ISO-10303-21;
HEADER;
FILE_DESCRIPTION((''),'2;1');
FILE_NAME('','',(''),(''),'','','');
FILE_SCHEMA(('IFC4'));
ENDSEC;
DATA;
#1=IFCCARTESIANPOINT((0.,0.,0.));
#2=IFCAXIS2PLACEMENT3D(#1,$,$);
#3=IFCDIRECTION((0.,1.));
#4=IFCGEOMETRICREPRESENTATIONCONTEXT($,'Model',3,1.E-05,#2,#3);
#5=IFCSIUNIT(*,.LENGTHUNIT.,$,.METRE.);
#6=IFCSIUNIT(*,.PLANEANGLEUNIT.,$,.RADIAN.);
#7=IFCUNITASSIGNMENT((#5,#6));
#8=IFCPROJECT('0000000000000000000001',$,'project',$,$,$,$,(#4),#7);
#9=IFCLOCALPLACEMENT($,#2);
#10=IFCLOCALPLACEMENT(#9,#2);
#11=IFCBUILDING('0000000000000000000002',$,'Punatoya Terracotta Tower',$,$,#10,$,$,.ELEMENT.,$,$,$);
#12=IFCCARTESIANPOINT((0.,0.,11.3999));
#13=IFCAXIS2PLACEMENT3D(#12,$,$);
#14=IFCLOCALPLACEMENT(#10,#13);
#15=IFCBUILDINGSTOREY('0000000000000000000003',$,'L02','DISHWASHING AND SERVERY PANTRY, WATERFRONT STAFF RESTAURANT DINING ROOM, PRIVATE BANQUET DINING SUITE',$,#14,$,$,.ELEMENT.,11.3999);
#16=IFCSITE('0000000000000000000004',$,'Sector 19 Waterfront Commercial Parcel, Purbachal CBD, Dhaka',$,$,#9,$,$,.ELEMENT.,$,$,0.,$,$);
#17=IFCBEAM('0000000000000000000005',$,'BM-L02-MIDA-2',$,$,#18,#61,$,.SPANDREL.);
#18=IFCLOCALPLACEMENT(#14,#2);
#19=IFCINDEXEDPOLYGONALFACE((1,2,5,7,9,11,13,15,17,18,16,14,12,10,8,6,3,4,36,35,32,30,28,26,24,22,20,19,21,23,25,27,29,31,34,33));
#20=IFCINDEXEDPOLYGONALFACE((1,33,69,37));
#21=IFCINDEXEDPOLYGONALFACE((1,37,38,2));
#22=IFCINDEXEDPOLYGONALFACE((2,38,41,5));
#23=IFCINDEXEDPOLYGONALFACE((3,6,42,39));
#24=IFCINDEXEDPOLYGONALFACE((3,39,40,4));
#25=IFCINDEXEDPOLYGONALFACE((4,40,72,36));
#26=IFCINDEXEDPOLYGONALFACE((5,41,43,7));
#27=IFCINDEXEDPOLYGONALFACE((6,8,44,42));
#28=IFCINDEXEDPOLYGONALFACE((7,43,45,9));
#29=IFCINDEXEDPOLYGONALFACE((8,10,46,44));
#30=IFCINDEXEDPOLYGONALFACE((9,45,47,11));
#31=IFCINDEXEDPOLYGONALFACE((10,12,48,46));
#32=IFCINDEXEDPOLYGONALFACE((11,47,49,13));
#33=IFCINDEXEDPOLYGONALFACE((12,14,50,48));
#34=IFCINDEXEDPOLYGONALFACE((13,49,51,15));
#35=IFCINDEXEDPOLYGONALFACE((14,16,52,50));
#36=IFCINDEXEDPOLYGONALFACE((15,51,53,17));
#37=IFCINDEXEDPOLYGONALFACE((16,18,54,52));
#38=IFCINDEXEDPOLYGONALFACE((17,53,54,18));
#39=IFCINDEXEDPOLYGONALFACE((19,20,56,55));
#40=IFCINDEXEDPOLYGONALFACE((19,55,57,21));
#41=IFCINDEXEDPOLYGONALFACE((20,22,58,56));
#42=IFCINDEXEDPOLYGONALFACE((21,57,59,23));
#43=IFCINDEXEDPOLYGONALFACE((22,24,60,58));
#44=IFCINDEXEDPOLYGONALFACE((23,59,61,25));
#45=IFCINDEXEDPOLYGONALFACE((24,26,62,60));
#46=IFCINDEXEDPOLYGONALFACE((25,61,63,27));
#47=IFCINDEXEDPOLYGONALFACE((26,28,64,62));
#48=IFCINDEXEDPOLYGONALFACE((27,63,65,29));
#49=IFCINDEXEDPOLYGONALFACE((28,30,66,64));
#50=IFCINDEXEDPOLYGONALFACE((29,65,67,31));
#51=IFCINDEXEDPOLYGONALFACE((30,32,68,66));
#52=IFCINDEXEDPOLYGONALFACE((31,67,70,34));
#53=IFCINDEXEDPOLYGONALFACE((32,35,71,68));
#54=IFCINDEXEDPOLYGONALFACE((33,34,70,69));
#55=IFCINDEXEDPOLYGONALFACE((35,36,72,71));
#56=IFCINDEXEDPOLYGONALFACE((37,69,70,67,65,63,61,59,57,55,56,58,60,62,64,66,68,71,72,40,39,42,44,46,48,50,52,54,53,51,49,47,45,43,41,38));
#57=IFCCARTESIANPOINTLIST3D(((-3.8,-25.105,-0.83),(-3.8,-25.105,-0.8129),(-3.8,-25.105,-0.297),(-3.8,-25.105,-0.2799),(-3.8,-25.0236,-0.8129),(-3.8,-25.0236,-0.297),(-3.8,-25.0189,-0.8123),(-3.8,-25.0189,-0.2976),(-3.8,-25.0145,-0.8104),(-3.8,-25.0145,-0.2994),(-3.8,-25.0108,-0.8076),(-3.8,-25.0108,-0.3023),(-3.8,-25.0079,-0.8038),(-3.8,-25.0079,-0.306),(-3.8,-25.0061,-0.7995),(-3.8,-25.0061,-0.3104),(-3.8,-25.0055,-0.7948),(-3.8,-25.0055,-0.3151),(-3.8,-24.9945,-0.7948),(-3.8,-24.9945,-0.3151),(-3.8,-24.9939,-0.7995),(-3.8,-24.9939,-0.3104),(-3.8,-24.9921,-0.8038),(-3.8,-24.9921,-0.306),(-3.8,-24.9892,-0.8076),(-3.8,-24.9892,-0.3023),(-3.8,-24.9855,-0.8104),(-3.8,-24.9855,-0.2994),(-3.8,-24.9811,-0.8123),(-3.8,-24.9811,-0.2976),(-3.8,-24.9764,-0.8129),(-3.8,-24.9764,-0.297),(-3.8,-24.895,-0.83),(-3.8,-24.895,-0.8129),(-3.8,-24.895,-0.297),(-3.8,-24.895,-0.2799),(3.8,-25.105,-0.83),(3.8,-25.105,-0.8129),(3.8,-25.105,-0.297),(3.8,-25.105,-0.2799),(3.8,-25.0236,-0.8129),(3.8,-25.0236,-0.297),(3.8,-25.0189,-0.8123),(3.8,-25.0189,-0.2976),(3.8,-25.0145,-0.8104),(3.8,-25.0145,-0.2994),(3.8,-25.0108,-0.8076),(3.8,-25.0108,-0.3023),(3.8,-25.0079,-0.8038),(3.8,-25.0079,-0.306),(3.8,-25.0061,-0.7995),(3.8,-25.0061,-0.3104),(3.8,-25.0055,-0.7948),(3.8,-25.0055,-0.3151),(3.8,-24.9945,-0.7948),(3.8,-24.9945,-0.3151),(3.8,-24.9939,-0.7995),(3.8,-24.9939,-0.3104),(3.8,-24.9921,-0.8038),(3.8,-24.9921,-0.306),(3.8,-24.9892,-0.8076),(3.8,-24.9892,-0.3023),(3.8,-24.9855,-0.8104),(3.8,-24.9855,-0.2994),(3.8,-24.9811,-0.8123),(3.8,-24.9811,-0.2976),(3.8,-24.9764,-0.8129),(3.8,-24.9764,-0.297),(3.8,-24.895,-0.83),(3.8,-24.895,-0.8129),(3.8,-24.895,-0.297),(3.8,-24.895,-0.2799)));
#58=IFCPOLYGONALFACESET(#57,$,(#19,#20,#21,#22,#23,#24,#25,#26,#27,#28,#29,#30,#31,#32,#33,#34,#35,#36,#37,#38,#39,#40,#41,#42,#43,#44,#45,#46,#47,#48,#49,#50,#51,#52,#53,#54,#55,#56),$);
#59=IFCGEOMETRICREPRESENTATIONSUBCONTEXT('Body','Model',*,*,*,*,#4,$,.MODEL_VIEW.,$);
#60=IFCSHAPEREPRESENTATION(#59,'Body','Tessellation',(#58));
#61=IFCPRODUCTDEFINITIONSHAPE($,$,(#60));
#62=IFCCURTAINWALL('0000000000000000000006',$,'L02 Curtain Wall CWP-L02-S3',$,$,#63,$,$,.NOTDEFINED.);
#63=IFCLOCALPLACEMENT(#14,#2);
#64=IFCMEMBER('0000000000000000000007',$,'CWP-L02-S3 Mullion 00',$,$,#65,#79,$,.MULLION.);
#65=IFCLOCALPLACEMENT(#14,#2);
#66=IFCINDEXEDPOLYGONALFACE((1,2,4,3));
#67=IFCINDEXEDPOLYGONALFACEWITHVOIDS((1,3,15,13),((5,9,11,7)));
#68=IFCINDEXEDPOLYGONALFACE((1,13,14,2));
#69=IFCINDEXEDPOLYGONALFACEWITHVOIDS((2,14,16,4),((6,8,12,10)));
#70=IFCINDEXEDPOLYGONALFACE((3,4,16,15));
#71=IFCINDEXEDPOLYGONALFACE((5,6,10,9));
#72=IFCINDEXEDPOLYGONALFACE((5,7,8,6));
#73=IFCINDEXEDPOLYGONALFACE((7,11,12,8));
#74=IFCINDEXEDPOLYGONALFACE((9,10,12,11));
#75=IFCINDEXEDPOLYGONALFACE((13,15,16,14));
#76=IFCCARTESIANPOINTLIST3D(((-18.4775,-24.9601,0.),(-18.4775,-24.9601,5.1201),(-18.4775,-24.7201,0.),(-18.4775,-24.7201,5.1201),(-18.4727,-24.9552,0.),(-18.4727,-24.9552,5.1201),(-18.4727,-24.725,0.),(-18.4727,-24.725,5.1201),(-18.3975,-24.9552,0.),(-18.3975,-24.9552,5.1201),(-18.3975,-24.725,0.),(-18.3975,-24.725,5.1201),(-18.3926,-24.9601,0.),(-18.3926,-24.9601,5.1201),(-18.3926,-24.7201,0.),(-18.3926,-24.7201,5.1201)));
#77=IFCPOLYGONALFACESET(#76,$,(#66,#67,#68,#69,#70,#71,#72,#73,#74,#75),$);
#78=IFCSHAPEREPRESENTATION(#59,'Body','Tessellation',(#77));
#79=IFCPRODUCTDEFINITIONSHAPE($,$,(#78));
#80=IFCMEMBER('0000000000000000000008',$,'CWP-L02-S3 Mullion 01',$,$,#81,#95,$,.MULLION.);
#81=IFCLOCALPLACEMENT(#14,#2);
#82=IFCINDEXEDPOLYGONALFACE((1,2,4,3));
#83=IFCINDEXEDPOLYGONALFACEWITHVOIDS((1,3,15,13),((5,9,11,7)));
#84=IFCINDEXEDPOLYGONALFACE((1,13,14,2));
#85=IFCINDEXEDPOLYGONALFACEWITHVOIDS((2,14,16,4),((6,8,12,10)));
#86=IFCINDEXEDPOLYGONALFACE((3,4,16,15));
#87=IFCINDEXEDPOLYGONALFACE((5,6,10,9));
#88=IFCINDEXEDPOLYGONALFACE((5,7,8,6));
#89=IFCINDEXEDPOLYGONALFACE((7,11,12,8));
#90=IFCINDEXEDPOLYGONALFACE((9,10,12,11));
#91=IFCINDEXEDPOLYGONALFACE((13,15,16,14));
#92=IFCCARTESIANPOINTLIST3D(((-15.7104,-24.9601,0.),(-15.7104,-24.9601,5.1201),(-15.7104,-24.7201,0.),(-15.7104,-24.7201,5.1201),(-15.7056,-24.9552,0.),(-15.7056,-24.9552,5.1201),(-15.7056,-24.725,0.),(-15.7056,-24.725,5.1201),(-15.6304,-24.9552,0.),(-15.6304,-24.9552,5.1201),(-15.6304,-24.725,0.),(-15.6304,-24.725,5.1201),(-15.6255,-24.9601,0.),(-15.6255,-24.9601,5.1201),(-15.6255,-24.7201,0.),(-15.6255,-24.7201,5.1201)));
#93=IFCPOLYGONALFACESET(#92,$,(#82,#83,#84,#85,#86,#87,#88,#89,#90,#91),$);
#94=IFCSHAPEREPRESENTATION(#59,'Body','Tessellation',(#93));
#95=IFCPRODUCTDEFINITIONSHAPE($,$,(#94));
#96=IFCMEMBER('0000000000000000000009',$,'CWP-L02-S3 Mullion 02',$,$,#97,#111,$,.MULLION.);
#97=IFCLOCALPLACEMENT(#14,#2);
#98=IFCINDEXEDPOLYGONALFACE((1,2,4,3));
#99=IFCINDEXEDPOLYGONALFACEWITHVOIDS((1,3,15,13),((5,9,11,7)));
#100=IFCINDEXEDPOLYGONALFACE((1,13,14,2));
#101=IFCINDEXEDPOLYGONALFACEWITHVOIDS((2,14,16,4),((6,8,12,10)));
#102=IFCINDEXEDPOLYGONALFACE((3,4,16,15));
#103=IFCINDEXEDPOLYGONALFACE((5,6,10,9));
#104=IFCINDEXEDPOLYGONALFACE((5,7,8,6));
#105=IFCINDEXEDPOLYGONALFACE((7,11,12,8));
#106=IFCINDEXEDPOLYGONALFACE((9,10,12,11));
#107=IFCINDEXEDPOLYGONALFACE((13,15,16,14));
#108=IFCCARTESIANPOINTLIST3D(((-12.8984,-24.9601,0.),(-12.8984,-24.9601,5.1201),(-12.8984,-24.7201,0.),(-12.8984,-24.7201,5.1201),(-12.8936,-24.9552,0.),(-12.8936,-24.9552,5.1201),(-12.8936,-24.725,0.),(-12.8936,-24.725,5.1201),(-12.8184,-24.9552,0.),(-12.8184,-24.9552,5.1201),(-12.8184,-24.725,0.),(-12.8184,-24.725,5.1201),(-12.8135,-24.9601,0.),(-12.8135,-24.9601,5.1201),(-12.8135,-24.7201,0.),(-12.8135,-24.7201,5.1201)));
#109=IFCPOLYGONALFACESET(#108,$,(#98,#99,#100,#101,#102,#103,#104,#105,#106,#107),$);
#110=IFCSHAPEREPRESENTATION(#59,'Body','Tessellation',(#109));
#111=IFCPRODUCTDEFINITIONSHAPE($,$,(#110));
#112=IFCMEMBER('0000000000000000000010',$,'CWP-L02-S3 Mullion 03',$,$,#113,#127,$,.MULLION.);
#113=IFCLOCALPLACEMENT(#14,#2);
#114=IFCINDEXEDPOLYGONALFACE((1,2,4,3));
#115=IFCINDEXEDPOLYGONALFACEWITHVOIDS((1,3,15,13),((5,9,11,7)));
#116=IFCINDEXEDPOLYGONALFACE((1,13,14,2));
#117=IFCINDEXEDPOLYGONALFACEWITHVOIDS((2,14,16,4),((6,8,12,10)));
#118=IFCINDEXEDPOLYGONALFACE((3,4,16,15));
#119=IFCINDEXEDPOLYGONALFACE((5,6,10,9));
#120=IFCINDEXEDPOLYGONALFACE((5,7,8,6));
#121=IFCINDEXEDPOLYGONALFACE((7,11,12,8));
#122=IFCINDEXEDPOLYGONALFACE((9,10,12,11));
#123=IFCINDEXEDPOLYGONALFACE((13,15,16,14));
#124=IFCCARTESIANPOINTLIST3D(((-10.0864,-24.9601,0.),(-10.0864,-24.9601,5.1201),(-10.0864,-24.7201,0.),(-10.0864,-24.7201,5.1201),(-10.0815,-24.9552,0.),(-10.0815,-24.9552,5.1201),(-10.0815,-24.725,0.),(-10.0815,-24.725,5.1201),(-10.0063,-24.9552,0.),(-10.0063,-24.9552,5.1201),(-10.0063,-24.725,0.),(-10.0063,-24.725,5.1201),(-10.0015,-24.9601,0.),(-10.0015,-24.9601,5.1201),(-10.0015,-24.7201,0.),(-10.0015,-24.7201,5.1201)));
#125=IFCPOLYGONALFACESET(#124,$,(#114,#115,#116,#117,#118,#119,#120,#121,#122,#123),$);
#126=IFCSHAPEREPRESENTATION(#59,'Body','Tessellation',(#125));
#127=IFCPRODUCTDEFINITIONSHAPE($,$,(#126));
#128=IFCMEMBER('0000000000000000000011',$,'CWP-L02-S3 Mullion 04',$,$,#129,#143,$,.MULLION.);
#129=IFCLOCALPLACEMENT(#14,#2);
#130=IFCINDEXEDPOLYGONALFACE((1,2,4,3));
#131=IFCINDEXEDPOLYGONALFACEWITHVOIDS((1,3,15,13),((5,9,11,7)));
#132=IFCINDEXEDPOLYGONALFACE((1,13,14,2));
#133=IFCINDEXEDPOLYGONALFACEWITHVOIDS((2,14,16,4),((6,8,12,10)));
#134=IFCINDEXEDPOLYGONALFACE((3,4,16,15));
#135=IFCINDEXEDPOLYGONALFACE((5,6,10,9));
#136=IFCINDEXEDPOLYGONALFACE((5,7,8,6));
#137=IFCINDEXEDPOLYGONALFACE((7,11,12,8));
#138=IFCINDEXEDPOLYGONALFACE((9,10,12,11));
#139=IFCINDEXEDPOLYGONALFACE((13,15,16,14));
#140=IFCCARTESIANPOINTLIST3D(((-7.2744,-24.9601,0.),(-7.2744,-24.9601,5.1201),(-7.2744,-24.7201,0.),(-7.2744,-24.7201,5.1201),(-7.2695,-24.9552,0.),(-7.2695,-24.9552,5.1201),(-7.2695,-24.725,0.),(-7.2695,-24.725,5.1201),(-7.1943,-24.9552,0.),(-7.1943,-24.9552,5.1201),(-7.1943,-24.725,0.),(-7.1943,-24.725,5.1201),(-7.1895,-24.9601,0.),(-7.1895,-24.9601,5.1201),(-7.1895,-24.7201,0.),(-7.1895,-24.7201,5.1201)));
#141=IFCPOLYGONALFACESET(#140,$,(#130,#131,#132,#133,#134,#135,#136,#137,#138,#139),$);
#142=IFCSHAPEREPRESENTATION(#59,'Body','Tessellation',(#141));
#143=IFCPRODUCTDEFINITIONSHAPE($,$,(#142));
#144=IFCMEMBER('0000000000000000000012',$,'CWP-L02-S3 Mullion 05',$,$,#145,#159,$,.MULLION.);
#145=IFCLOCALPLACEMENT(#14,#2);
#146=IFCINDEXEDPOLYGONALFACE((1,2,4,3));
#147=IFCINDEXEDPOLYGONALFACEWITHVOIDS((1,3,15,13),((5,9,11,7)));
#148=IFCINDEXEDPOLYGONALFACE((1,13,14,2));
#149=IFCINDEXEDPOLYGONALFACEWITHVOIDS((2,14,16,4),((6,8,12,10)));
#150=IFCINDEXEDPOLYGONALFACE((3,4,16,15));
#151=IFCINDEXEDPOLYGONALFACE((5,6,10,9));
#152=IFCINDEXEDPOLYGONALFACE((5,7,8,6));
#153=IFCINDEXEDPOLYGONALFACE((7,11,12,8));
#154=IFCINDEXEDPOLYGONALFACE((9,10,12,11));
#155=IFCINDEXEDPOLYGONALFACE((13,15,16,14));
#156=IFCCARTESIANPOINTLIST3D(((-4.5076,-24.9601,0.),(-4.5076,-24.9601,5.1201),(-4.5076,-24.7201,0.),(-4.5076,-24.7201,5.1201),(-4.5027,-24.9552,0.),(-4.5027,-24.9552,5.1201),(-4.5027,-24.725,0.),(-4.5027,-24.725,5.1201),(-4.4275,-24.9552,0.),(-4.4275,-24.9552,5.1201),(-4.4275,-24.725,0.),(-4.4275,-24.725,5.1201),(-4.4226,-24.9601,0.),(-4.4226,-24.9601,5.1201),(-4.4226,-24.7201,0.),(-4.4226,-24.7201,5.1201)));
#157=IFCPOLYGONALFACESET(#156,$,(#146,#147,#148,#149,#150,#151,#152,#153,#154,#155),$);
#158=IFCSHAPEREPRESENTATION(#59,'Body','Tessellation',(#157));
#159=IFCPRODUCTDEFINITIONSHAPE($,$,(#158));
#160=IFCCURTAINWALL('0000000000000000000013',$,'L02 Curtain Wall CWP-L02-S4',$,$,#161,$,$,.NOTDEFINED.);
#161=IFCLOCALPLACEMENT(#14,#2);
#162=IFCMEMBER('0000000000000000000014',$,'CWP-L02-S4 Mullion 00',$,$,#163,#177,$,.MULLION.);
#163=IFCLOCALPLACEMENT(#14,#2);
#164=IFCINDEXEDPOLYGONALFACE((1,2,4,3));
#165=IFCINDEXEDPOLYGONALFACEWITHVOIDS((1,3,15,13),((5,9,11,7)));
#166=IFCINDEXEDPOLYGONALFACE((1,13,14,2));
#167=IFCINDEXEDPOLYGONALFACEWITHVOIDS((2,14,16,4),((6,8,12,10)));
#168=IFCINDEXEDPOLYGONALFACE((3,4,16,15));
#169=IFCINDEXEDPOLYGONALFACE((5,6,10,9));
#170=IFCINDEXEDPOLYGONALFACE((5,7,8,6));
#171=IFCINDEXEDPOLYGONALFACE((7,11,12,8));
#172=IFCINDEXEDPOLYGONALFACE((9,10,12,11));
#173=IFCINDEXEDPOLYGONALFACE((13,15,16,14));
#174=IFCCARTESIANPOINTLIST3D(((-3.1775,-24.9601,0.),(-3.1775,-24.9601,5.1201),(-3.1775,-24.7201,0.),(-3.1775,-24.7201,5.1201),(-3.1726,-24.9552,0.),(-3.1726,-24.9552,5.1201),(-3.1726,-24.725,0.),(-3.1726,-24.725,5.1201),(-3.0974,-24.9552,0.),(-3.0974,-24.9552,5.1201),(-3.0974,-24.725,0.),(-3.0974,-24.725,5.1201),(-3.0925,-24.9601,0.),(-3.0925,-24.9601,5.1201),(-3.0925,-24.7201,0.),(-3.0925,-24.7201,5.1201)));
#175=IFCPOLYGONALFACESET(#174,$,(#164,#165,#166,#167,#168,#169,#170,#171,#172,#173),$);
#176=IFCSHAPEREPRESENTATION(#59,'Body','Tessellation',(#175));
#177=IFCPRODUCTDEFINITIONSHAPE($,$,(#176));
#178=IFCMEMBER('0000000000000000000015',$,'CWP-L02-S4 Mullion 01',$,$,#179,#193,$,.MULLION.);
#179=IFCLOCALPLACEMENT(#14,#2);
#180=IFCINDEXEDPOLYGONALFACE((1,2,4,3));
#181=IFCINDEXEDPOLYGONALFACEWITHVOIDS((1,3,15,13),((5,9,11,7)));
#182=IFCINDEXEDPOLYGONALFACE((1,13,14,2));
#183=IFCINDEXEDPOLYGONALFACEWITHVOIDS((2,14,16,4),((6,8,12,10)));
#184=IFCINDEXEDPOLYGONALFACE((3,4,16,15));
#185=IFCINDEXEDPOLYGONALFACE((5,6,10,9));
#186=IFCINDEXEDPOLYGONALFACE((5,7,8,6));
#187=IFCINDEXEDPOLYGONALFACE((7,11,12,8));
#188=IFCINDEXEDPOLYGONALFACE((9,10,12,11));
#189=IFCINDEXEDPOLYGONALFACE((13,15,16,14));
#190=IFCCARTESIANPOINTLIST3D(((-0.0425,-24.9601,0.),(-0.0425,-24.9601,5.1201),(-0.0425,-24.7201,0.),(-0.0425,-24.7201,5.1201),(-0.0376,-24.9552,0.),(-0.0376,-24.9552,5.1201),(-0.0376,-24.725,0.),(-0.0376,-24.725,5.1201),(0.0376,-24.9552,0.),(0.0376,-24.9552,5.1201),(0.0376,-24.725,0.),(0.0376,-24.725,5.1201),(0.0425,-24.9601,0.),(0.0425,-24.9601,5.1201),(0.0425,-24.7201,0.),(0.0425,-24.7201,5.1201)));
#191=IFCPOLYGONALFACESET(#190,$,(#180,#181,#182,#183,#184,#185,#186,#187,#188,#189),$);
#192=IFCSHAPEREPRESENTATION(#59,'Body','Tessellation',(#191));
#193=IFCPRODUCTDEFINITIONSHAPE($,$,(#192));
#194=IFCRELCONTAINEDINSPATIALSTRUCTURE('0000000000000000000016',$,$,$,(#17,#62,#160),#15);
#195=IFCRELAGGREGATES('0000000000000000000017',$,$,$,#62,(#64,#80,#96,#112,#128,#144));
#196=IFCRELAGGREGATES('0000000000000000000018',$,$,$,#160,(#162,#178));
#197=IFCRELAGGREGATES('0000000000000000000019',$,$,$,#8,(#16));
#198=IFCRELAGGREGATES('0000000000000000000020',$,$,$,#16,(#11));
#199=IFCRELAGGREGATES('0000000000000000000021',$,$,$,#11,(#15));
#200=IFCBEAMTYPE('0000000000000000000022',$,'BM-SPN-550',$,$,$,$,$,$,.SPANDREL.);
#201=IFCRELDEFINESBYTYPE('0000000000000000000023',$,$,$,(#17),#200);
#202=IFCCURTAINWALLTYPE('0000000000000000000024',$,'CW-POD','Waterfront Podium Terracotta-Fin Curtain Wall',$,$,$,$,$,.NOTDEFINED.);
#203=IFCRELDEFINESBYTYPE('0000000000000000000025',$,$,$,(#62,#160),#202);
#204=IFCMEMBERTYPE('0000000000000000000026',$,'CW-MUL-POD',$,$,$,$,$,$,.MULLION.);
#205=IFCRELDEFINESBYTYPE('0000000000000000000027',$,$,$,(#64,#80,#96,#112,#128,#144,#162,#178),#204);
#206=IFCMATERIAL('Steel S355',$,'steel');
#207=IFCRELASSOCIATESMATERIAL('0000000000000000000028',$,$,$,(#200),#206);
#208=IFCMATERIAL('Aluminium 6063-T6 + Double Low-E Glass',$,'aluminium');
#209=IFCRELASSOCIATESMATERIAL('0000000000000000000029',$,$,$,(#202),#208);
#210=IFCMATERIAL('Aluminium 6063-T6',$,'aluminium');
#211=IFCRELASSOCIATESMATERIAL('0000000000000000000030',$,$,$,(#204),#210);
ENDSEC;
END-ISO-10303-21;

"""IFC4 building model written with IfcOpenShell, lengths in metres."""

from ifc_helpers import new_model, si_unit, direction, frame, origin, origin_2d, place, context, subcontext, project, spatial, hollow_rectangle, i_section, extrude, material, material_profile, profile_set, type_object, element, aggregate, save


model = new_model("IFC4")

# Units and contexts
model_context = context("Model", 3, precision=1e-05, world=origin(), true_north=direction((0.0, 1.0)))
body_context = subcontext(model_context, "Body", "Model", "MODEL_VIEW")
ifc_project = project(units=[si_unit("LENGTHUNIT", "METRE"), si_unit("PLANEANGLEUNIT", "RADIAN")], contexts=[model_context])

# Site, building, storey
site_placement = place(None, origin())
site = spatial("IfcSite", under=ifc_project, at=site_placement, Name="Sector 19 Waterfront Commercial Parcel, Purbachal CBD, Dhaka", CompositionType="ELEMENT", RefElevation=0.0)
building_placement = place(site_placement, origin())
building = spatial("IfcBuilding", under=site, at=building_placement, Name="Punatoya Terracotta Tower", CompositionType="ELEMENT")
storey_placement = place(building_placement, frame((0.0, 0.0, 11.3999)))
storey = spatial("IfcBuildingStorey", under=building, at=storey_placement, Name="L02", Description="DISHWASHING AND SERVERY PANTRY, WATERFRONT STAFF RESTAURANT DINING ROOM, PRIVATE BANQUET DINING SUITE", CompositionType="ELEMENT", Elevation=11.3999)

# Beam
ifc_material_1 = material(Name="Steel S355", Category="steel")
ifc_material_profile_1 = material_profile(ifc_material_1, i_section(OverallWidth=0.21, OverallDepth=0.55, WebThickness=0.011, FlangeThickness=0.0171, FilletRadius=0.0181, at=origin_2d()))
ifc_profile_set_1 = profile_set([ifc_material_profile_1], Name="Steel S355")
beam_type_1 = type_object("IfcBeamType", Name="BM-SPN-550", PredefinedType="SPANDREL", material=ifc_profile_set_1)
beam_1_placement = place(storey_placement, frame((-3.8, -25.0, -0.5549), z_axis=(1.0, 0.0, 0.0), x_axis=(0.0, 1.0, 0.0)))
element("IfcBeam", 1, at=beam_1_placement, inside=storey, type_object=beam_type_1, Name="BM-L02-MIDA-2", PredefinedType="SPANDREL", context=body_context, shape_type="SweptSolid", body=[
    extrude(i_section(OverallWidth=0.21, OverallDepth=0.55, WebThickness=0.011, FlangeThickness=0.0171, FilletRadius=0.0181, at=origin_2d()), origin(), (0.0, 0.0, 1.0), 7.6001),
])

# Curtain walls, members
ifc_material_2 = material(Name="Aluminium 6063-T6 + Double Low-E Glass", Category="aluminium")
curtain_wall_type = type_object("IfcCurtainWallType", Name="CW-POD", Description="Waterfront Podium Terracotta-Fin Curtain Wall", PredefinedType="NOTDEFINED", material=ifc_material_2)
curtain_wall_1_placement = place(storey_placement, origin())
curtain_wall_1 = element("IfcCurtainWall", 2, at=curtain_wall_1_placement, inside=storey, type_object=curtain_wall_type, Name="L02 Curtain Wall CWP-L02-S3", PredefinedType="NOTDEFINED")
ifc_material_3 = material(Name="Aluminium 6063-T6", Category="aluminium")
ifc_material_profile_2 = material_profile(ifc_material_3, hollow_rectangle(XDim=0.085, YDim=0.24, WallThickness=0.0049, at=origin_2d()))
ifc_profile_set_2 = profile_set([ifc_material_profile_2], Name="Aluminium 6063-T6")
member_type_1 = type_object("IfcMemberType", Name="CW-MUL-POD", PredefinedType="MULLION", material=ifc_profile_set_2)
member_1_placement = place(storey_placement, frame((-18.4351, -24.8401, 0.0), z_axis=(0.0, 0.0, 1.0), x_axis=(1.0, 0.0, 0.0)))
member_1 = element("IfcMember", 3, at=member_1_placement, type_object=member_type_1, Name="CWP-L02-S3 Mullion 00", PredefinedType="MULLION", context=body_context, shape_type="SweptSolid", body=[
    extrude(hollow_rectangle(XDim=0.085, YDim=0.24, WallThickness=0.0049, at=origin_2d()), origin(), (0.0, 0.0, 1.0), 5.1201),
])
member_2_placement = place(storey_placement, frame((-15.668, -24.8401, 0.0), z_axis=(0.0, 0.0, 1.0), x_axis=(1.0, 0.0, 0.0)))
member_2 = element("IfcMember", 4, at=member_2_placement, type_object=member_type_1, Name="CWP-L02-S3 Mullion 01", PredefinedType="MULLION", context=body_context, shape_type="SweptSolid", body=[
    extrude(hollow_rectangle(XDim=0.085, YDim=0.24, WallThickness=0.0049, at=origin_2d()), origin(), (0.0, 0.0, 1.0), 5.1201),
])
member_3_placement = place(storey_placement, frame((-12.856, -24.8401, 0.0), z_axis=(0.0, 0.0, 1.0), x_axis=(1.0, 0.0, 0.0)))
member_3 = element("IfcMember", 5, at=member_3_placement, type_object=member_type_1, Name="CWP-L02-S3 Mullion 02", PredefinedType="MULLION", context=body_context, shape_type="SweptSolid", body=[
    extrude(hollow_rectangle(XDim=0.085, YDim=0.24, WallThickness=0.0049, at=origin_2d()), origin(), (0.0, 0.0, 1.0), 5.1201),
])
member_4_placement = place(storey_placement, frame((-10.0439, -24.8401, 0.0), z_axis=(0.0, 0.0, 1.0), x_axis=(1.0, 0.0, 0.0)))
member_4 = element("IfcMember", 6, at=member_4_placement, type_object=member_type_1, Name="CWP-L02-S3 Mullion 03", PredefinedType="MULLION", context=body_context, shape_type="SweptSolid", body=[
    extrude(hollow_rectangle(XDim=0.085, YDim=0.24, WallThickness=0.0049, at=origin_2d()), origin(), (0.0, 0.0, 1.0), 5.1201),
])
member_5_placement = place(storey_placement, frame((-7.2319, -24.8401, 0.0), z_axis=(0.0, 0.0, 1.0), x_axis=(1.0, 0.0, 0.0)))
member_5 = element("IfcMember", 7, at=member_5_placement, type_object=member_type_1, Name="CWP-L02-S3 Mullion 04", PredefinedType="MULLION", context=body_context, shape_type="SweptSolid", body=[
    extrude(hollow_rectangle(XDim=0.085, YDim=0.24, WallThickness=0.0049, at=origin_2d()), origin(), (0.0, 0.0, 1.0), 5.1201),
])
member_6_placement = place(storey_placement, frame((-4.4651, -24.8401, 0.0), z_axis=(0.0, 0.0, 1.0), x_axis=(1.0, 0.0, 0.0)))
member_6 = element("IfcMember", 8, at=member_6_placement, type_object=member_type_1, Name="CWP-L02-S3 Mullion 05", PredefinedType="MULLION", context=body_context, shape_type="SweptSolid", body=[
    extrude(hollow_rectangle(XDim=0.085, YDim=0.24, WallThickness=0.0049, at=origin_2d()), origin(), (0.0, 0.0, 1.0), 5.1201),
])
curtain_wall_2_placement = place(storey_placement, origin())
curtain_wall_2 = element("IfcCurtainWall", 9, at=curtain_wall_2_placement, inside=storey, type_object=curtain_wall_type, Name="L02 Curtain Wall CWP-L02-S4", PredefinedType="NOTDEFINED")
member_7_placement = place(storey_placement, frame((-3.135, -24.8401, 0.0), z_axis=(0.0, 0.0, 1.0), x_axis=(1.0, 0.0, 0.0)))
member_7 = element("IfcMember", 10, at=member_7_placement, type_object=member_type_1, Name="CWP-L02-S4 Mullion 00", PredefinedType="MULLION", context=body_context, shape_type="SweptSolid", body=[
    extrude(hollow_rectangle(XDim=0.085, YDim=0.24, WallThickness=0.0049, at=origin_2d()), origin(), (0.0, 0.0, 1.0), 5.1201),
])
member_8_placement = place(storey_placement, frame((0.0, -24.8401, 0.0), z_axis=(0.0, 0.0, 1.0), x_axis=(1.0, 0.0, 0.0)))
member_8 = element("IfcMember", 11, at=member_8_placement, type_object=member_type_1, Name="CWP-L02-S4 Mullion 01", PredefinedType="MULLION", context=body_context, shape_type="SweptSolid", body=[
    extrude(hollow_rectangle(XDim=0.085, YDim=0.24, WallThickness=0.0049, at=origin_2d()), origin(), (0.0, 0.0, 1.0), 5.1201),
])

aggregate(curtain_wall_1, [member_1, member_2, member_3, member_4, member_5, member_6])
aggregate(curtain_wall_2, [member_7, member_8])

save(model, "model.ifc")
